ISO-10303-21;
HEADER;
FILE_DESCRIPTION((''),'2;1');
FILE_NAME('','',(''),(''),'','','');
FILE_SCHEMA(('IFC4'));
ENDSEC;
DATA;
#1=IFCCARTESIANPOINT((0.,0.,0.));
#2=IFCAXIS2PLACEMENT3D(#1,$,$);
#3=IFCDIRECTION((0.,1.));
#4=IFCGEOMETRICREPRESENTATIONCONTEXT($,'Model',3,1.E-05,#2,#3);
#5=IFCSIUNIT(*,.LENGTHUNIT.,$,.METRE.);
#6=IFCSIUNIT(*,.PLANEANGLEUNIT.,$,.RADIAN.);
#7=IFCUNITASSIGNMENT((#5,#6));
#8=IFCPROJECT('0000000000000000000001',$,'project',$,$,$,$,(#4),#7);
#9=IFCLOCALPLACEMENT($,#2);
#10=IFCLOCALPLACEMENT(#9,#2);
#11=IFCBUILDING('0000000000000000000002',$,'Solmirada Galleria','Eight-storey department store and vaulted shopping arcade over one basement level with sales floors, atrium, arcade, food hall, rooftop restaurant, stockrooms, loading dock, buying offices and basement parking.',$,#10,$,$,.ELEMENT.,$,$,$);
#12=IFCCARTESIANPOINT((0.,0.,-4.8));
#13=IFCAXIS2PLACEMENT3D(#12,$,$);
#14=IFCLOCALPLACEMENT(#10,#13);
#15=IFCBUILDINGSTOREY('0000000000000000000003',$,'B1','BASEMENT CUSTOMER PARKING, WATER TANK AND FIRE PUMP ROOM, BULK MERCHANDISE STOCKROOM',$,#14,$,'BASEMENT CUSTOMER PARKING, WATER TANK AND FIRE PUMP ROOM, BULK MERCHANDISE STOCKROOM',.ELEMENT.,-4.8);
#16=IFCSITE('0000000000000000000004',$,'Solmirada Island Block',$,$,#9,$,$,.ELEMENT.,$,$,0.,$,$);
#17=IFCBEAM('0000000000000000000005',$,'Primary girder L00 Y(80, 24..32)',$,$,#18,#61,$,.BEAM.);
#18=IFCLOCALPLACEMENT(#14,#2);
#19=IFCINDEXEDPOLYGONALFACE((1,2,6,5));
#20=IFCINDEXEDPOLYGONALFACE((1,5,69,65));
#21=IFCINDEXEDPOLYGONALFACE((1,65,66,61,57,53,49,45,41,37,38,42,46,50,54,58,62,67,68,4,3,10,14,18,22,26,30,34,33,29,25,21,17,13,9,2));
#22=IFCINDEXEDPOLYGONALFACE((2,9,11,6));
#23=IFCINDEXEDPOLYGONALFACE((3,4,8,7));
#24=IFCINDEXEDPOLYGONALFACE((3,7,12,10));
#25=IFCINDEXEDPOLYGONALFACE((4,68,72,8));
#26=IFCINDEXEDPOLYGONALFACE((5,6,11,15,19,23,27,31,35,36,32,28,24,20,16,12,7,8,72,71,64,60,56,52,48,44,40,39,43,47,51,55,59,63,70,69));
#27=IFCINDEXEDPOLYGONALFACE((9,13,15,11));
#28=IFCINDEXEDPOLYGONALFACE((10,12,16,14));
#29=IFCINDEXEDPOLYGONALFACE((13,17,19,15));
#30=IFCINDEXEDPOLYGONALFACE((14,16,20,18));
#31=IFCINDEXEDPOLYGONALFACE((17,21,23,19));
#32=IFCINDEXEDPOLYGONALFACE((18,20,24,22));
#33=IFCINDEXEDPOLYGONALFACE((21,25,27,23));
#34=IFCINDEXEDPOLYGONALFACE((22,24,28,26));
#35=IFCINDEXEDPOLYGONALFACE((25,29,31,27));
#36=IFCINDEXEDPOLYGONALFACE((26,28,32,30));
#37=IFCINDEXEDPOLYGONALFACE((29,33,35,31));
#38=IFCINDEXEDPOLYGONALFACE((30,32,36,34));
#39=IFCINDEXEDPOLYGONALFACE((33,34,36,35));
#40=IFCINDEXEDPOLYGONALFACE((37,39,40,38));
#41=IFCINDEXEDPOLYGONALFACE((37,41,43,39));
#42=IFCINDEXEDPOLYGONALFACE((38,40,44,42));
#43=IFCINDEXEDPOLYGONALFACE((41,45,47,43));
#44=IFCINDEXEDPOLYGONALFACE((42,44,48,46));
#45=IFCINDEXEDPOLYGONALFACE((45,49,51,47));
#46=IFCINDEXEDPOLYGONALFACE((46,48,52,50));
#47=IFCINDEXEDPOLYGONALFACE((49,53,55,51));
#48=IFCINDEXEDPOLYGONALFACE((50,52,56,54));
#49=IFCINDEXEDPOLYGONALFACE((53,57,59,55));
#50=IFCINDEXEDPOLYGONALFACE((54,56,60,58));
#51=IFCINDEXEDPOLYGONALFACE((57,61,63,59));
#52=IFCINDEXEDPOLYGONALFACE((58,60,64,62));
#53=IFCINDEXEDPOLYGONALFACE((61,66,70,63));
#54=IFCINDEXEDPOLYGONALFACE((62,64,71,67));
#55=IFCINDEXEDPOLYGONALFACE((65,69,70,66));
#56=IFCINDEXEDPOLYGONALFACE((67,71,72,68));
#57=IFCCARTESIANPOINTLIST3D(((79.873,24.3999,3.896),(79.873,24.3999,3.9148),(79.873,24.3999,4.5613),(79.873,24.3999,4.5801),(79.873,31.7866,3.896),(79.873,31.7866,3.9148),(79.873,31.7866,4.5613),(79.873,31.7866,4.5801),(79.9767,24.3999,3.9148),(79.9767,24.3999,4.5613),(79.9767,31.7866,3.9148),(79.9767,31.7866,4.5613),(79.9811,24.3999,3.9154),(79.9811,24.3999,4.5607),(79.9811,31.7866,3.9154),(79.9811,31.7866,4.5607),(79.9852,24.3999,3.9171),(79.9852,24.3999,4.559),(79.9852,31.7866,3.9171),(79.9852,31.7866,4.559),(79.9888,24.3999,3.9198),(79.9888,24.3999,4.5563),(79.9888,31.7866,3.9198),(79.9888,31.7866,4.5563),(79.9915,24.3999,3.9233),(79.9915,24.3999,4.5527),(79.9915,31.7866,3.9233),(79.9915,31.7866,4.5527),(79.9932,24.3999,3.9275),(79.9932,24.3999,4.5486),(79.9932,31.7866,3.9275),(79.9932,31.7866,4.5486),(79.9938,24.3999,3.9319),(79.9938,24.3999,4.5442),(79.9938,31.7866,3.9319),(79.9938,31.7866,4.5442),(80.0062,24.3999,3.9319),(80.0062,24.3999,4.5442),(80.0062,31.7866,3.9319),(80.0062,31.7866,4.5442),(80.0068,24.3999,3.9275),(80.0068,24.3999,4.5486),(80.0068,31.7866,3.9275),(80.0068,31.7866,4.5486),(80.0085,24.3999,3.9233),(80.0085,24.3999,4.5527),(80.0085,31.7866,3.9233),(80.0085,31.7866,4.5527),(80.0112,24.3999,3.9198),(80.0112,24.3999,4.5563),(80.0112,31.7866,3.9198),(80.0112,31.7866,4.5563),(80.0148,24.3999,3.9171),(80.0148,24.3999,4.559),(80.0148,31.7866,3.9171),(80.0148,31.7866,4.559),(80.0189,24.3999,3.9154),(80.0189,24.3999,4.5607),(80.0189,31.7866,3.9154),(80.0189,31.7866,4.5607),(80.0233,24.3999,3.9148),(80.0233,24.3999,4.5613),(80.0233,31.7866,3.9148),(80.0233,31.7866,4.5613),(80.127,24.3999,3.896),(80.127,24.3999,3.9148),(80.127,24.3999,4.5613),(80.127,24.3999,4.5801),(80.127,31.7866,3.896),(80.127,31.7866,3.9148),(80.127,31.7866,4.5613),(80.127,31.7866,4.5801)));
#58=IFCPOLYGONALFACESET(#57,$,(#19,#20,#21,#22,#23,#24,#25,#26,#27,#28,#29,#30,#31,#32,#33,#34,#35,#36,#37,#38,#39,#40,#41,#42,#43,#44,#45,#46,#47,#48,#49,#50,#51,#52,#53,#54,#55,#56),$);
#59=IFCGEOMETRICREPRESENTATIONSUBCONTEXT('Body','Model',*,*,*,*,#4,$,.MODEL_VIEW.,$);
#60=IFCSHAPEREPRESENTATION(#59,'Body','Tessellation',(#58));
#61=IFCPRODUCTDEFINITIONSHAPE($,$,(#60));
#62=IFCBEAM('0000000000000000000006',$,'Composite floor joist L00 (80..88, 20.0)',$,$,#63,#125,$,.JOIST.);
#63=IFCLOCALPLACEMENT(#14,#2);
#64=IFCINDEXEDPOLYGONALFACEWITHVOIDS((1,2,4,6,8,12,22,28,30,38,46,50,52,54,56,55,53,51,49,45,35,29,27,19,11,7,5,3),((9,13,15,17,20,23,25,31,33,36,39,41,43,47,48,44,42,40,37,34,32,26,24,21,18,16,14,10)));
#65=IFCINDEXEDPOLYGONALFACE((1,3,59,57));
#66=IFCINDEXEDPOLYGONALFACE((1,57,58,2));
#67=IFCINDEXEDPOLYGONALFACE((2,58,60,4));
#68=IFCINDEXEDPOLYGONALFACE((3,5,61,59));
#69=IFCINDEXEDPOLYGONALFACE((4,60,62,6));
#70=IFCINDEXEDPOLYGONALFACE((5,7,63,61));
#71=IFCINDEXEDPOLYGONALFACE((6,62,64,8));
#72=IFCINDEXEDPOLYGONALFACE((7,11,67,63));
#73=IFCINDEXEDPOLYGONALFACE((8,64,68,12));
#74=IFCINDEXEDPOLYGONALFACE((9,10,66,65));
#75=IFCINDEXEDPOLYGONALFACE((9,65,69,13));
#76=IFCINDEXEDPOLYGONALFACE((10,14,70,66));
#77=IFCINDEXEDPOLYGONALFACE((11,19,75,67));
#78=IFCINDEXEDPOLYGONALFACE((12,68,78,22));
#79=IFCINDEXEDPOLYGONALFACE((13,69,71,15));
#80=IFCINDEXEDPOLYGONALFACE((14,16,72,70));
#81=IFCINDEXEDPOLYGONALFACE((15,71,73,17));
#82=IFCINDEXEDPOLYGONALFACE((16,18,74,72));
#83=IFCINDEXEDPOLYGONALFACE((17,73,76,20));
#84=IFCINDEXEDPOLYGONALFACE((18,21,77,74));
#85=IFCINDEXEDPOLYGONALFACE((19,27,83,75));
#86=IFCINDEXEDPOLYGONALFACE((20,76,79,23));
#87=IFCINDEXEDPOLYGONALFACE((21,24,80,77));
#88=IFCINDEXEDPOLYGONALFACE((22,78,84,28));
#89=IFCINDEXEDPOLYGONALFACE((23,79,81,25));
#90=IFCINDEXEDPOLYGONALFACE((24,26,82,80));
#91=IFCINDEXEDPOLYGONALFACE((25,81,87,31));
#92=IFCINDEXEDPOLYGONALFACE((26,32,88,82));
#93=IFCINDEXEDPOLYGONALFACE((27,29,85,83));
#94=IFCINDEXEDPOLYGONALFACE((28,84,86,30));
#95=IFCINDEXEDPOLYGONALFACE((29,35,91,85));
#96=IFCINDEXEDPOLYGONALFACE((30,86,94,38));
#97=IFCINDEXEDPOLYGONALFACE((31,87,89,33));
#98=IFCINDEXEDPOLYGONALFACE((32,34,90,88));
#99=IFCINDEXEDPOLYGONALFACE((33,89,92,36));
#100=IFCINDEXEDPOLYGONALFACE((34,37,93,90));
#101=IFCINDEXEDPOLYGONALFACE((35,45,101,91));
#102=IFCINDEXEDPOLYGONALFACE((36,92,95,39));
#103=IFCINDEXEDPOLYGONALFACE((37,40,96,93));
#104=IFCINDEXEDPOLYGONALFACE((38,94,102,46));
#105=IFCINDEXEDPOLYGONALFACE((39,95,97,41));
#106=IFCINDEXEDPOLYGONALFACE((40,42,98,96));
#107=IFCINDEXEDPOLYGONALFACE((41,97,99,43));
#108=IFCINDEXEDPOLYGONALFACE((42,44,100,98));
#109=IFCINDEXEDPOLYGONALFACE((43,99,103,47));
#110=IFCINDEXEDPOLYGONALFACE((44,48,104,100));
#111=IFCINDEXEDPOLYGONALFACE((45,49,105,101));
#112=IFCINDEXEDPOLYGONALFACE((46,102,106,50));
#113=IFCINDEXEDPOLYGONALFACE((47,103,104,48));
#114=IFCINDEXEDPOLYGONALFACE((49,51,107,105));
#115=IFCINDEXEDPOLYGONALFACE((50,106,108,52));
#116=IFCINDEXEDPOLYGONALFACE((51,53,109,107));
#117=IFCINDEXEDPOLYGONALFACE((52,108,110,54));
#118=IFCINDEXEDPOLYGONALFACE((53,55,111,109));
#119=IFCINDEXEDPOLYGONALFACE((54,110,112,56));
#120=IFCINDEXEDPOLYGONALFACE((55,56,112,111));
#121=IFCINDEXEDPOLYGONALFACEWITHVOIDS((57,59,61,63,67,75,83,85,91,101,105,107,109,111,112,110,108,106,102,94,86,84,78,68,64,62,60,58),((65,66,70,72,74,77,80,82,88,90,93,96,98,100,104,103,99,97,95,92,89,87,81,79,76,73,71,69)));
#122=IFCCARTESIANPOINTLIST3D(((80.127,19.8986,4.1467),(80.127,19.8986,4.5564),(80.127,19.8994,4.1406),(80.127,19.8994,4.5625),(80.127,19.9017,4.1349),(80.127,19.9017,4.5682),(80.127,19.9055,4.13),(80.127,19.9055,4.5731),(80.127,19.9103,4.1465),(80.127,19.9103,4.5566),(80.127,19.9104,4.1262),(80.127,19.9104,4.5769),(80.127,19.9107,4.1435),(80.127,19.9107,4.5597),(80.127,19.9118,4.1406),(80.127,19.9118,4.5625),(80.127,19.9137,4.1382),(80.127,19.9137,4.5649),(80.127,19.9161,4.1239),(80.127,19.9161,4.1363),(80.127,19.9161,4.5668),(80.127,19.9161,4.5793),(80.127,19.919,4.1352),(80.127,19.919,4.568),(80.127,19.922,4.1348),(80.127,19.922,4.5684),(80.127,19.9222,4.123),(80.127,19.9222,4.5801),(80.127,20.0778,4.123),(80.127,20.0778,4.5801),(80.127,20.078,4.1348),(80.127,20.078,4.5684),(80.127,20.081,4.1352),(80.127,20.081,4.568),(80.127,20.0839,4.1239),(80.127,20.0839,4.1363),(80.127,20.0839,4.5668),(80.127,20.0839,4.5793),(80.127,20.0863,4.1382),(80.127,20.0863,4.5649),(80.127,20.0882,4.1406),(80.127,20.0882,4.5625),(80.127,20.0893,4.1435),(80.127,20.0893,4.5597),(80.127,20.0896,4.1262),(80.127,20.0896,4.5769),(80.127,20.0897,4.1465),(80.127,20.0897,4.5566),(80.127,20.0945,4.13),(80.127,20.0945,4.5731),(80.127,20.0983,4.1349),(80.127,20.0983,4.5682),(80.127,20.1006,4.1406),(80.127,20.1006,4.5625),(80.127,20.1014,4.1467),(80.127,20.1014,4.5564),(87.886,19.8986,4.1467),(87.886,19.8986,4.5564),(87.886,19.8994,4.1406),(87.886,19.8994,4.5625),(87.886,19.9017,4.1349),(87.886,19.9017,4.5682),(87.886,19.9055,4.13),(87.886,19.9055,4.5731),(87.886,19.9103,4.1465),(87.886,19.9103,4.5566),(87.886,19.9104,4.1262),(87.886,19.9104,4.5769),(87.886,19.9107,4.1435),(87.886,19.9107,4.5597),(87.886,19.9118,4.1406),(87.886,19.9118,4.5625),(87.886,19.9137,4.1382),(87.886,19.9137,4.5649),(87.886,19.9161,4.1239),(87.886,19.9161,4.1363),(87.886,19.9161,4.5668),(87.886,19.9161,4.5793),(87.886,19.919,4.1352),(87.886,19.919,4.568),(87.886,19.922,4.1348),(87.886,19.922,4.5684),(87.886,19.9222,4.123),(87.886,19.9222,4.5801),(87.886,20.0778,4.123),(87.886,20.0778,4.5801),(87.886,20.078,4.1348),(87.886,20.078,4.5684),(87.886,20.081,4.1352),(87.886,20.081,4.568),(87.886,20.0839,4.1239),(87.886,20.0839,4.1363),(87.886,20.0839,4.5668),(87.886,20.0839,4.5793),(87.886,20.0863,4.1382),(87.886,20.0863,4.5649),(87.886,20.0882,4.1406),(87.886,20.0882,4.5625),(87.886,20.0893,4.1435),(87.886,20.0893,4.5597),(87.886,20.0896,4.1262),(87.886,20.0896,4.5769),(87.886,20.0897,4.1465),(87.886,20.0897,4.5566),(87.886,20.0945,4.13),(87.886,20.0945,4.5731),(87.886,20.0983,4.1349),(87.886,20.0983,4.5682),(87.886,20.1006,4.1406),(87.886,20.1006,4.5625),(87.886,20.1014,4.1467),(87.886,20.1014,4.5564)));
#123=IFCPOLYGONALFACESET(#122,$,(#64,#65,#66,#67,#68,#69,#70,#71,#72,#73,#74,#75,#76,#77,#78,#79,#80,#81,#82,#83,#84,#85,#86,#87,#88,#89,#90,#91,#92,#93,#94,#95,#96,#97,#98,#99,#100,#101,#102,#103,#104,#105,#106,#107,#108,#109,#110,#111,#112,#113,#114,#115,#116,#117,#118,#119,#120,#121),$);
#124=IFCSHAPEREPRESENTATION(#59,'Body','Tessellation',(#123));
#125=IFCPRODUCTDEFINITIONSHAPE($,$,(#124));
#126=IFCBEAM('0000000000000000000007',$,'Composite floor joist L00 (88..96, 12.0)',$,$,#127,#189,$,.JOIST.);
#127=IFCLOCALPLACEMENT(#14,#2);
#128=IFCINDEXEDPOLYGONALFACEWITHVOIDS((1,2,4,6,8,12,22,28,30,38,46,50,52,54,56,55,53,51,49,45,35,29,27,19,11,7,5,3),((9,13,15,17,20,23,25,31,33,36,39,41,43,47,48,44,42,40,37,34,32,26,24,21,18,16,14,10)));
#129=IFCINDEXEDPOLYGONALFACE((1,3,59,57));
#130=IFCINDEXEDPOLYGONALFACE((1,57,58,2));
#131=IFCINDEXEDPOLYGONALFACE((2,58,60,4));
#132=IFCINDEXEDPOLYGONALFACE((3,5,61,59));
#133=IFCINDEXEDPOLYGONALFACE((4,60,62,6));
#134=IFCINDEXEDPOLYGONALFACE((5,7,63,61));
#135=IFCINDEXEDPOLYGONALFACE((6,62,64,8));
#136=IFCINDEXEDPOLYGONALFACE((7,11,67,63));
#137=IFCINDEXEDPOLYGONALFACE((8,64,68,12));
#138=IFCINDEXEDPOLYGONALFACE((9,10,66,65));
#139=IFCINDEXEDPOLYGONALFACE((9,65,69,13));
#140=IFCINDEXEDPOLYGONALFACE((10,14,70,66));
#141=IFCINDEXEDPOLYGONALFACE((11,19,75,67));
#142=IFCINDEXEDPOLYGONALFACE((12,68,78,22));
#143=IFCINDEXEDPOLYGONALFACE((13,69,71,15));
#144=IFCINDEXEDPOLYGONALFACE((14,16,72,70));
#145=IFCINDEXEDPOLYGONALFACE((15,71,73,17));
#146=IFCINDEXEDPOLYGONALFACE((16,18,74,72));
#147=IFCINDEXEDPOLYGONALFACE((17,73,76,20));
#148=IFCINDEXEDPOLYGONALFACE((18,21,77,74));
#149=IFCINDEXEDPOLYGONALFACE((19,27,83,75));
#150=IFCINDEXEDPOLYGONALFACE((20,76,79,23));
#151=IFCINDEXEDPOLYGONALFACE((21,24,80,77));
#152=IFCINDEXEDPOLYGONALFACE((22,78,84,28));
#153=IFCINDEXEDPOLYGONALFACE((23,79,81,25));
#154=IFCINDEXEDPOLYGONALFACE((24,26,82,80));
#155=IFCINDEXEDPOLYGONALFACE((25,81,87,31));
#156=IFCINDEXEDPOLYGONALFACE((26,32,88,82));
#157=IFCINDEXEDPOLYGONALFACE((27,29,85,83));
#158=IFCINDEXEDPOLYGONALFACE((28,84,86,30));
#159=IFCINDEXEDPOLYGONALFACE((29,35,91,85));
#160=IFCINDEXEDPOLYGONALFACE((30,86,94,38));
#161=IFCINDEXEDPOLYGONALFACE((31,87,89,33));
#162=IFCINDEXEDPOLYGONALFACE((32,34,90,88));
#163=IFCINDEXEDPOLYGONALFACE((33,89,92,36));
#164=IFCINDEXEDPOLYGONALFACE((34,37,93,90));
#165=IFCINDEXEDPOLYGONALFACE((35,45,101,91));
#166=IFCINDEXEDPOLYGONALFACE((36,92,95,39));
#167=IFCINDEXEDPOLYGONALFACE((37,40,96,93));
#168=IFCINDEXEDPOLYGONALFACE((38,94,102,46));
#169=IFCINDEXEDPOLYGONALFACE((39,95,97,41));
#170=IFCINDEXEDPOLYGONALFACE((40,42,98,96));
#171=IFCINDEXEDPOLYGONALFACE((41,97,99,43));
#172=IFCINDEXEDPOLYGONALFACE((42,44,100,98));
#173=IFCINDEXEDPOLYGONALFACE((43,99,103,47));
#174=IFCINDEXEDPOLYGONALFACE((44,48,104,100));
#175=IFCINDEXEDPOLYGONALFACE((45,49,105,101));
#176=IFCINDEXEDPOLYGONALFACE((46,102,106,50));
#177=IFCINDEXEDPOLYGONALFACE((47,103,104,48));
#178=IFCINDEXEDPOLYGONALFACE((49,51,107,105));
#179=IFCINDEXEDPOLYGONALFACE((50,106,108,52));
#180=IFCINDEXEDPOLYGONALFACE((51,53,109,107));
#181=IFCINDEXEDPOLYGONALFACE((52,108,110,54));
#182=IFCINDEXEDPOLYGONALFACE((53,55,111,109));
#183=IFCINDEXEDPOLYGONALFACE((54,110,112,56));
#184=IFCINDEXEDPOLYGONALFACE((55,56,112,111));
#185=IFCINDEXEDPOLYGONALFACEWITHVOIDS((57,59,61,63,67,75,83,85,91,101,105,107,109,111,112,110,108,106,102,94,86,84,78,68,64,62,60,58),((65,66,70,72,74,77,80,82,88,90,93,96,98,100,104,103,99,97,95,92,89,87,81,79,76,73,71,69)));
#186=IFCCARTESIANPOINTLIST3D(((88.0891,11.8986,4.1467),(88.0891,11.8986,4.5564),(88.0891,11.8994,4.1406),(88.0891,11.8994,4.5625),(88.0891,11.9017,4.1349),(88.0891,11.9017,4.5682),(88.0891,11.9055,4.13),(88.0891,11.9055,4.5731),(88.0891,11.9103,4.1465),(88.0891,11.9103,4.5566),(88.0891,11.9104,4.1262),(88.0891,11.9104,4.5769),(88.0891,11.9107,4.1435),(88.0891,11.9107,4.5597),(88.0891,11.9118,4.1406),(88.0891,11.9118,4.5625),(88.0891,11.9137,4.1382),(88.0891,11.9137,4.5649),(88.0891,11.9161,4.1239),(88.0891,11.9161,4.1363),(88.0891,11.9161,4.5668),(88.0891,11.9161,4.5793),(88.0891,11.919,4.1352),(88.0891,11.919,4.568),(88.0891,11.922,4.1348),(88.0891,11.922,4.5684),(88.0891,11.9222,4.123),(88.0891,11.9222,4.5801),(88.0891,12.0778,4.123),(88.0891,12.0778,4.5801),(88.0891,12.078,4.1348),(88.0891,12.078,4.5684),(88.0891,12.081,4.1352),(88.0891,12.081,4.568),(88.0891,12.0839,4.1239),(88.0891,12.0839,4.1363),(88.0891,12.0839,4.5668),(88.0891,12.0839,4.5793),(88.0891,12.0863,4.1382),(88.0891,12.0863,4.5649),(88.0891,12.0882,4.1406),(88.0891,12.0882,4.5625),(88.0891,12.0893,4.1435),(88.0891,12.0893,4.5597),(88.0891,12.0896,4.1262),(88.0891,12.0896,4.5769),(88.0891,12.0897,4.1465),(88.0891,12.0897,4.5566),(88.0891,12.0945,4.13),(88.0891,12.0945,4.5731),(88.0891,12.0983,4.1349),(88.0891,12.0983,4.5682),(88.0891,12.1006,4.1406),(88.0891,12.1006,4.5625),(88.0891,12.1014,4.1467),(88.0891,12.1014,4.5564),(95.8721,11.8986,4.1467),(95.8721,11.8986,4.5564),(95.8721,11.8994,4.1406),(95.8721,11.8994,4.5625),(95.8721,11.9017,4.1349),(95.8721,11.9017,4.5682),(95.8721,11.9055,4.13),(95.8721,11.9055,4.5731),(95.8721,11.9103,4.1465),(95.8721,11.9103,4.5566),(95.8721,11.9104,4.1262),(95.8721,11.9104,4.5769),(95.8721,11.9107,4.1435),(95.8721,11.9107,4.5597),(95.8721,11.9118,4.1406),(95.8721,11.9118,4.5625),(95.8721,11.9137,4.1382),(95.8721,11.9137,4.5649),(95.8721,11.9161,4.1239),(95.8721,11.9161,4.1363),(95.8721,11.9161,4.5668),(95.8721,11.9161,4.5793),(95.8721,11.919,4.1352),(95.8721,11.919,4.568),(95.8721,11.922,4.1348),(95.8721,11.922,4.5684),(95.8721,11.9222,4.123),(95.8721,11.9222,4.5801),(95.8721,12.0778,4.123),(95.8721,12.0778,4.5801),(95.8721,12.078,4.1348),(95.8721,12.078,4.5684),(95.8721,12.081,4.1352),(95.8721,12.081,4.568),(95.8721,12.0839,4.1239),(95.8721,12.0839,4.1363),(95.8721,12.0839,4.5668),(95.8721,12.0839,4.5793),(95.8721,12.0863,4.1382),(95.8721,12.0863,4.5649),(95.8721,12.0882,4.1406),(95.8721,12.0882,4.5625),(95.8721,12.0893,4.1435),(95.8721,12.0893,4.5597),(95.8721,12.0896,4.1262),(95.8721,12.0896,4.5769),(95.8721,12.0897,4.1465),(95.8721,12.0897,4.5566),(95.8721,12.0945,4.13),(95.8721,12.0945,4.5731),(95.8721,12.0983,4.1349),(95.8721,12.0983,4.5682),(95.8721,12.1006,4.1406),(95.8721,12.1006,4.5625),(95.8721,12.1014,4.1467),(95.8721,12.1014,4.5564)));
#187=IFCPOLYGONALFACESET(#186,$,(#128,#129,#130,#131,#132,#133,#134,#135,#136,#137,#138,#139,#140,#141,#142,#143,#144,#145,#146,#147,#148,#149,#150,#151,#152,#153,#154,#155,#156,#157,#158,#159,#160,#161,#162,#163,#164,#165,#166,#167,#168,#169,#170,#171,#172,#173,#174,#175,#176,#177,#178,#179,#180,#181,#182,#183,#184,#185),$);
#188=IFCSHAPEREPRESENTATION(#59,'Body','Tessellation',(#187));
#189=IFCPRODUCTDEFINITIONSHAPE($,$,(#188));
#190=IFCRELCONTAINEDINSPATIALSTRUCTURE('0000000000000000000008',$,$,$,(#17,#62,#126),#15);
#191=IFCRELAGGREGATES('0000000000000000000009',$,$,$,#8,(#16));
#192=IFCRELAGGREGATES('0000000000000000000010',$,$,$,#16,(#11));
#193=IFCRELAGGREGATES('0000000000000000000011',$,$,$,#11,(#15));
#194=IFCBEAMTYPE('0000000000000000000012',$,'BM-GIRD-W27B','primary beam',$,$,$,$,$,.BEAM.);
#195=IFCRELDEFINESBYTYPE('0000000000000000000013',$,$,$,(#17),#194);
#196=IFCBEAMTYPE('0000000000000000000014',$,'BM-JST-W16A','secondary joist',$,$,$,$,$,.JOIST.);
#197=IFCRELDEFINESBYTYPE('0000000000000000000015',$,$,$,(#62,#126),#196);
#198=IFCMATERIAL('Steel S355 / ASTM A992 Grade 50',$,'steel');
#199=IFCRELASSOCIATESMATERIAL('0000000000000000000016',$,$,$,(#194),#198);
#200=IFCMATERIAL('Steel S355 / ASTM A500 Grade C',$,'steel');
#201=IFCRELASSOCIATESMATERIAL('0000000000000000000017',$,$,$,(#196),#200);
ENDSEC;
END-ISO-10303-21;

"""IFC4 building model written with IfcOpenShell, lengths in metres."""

from ifc_helpers import new_model, si_unit, direction, frame, origin, origin_2d, place, context, subcontext, project, spatial, hollow_rectangle, i_section, extrude, material, material_profile, profile_set, type_object, element, save


model = new_model("IFC4")

# Units and contexts
model_context = context("Model", 3, precision=1e-05, world=origin(), true_north=direction((0.0, 1.0)))
body_context = subcontext(model_context, "Body", "Model", "MODEL_VIEW")
ifc_project = project(units=[si_unit("LENGTHUNIT", "METRE"), si_unit("PLANEANGLEUNIT", "RADIAN")], contexts=[model_context])

# Site, building, storey
site_placement = place(None, origin())
site = spatial("IfcSite", under=ifc_project, at=site_placement, Name="Solmirada Island Block", CompositionType="ELEMENT", RefElevation=0.0)
building_placement = place(site_placement, origin())
building = spatial("IfcBuilding", under=site, at=building_placement, Name="Solmirada Galleria", Description="Eight-storey department store and vaulted shopping arcade over one basement level with sales floors, atrium, arcade, food hall, rooftop restaurant, stockrooms, loading dock, buying offices and basement parking.", CompositionType="ELEMENT")
storey_placement = place(building_placement, frame((0.0, 0.0, -4.8)))
storey = spatial("IfcBuildingStorey", under=building, at=storey_placement, Name="B1", Description="BASEMENT CUSTOMER PARKING, WATER TANK AND FIRE PUMP ROOM, BULK MERCHANDISE STOCKROOM", LongName="BASEMENT CUSTOMER PARKING, WATER TANK AND FIRE PUMP ROOM, BULK MERCHANDISE STOCKROOM", CompositionType="ELEMENT", Elevation=-4.8)

# Beams
ifc_material_1 = material(Name="Steel S355 / ASTM A992 Grade 50", Category="steel")
ifc_material_profile_1 = material_profile(ifc_material_1, i_section(OverallWidth=0.2539, OverallDepth=0.6841, WebThickness=0.0125, FlangeThickness=0.0188, FilletRadius=0.0171, at=origin_2d()), Name="W27X94")
ifc_profile_set_1 = profile_set([ifc_material_profile_1], Name="Steel S355 / ASTM A992 Grade 50")
beam_type_1 = type_object("IfcBeamType", Name="BM-GIRD-W27B", Description="primary beam", PredefinedType="BEAM", material=ifc_profile_set_1)
beam_1_placement = place(storey_placement, frame((80.0, 24.3999, 4.238), z_axis=(0.0, 1.0, 0.0), x_axis=(-1.0, 0.0, 0.0)))
element("IfcBeam", 1, at=beam_1_placement, inside=storey, type_object=beam_type_1, Name="Primary girder L00 Y(80, 24..32)", PredefinedType="BEAM", context=body_context, shape_type="SweptSolid", body=[
    extrude(i_section(OverallWidth=0.2539, OverallDepth=0.6841, WebThickness=0.0125, FlangeThickness=0.0188, FilletRadius=0.0171, at=origin_2d()), origin(), (0.0, 0.0, 1.0), 7.3867),
])
ifc_material_2 = material(Name="Steel S355 / ASTM A500 Grade C", Category="steel")
ifc_material_profile_2 = material_profile(ifc_material_2, hollow_rectangle(XDim=0.2029, YDim=0.457, WallThickness=0.0117, InnerFilletRadius=0.0117, OuterFilletRadius=0.0237, at=origin_2d()), Name="HSS18X8X1/2")
ifc_profile_set_2 = profile_set([ifc_material_profile_2], Name="Steel S355 / ASTM A500 Grade C")
beam_type_2 = type_object("IfcBeamType", Name="BM-JST-W16A", Description="secondary joist", PredefinedType="JOIST", material=ifc_profile_set_2)
beam_2_placement = place(storey_placement, frame((80.127, 20.0, 4.3516), z_axis=(1.0, 0.0, 0.0), x_axis=(0.0, 1.0, 0.0)))
element("IfcBeam", 2, at=beam_2_placement, inside=storey, type_object=beam_type_2, Name="Composite floor joist L00 (80..88, 20.0)", PredefinedType="JOIST", context=body_context, shape_type="SweptSolid", body=[
    extrude(hollow_rectangle(XDim=0.2029, YDim=0.457, WallThickness=0.0117, InnerFilletRadius=0.0117, OuterFilletRadius=0.0237, at=origin_2d()), origin(), (0.0, 0.0, 1.0), 7.759),
])
beam_3_placement = place(storey_placement, frame((88.0891, 12.0, 4.3516), z_axis=(1.0, 0.0, 0.0), x_axis=(0.0, 1.0, 0.0)))
element("IfcBeam", 3, at=beam_3_placement, inside=storey, type_object=beam_type_2, Name="Composite floor joist L00 (88..96, 12.0)", PredefinedType="JOIST", context=body_context, shape_type="SweptSolid", body=[
    extrude(hollow_rectangle(XDim=0.2029, YDim=0.457, WallThickness=0.0117, InnerFilletRadius=0.0117, OuterFilletRadius=0.0237, at=origin_2d()), origin(), (0.0, 0.0, 1.0), 7.783),
])

save(model, "model.ifc")
